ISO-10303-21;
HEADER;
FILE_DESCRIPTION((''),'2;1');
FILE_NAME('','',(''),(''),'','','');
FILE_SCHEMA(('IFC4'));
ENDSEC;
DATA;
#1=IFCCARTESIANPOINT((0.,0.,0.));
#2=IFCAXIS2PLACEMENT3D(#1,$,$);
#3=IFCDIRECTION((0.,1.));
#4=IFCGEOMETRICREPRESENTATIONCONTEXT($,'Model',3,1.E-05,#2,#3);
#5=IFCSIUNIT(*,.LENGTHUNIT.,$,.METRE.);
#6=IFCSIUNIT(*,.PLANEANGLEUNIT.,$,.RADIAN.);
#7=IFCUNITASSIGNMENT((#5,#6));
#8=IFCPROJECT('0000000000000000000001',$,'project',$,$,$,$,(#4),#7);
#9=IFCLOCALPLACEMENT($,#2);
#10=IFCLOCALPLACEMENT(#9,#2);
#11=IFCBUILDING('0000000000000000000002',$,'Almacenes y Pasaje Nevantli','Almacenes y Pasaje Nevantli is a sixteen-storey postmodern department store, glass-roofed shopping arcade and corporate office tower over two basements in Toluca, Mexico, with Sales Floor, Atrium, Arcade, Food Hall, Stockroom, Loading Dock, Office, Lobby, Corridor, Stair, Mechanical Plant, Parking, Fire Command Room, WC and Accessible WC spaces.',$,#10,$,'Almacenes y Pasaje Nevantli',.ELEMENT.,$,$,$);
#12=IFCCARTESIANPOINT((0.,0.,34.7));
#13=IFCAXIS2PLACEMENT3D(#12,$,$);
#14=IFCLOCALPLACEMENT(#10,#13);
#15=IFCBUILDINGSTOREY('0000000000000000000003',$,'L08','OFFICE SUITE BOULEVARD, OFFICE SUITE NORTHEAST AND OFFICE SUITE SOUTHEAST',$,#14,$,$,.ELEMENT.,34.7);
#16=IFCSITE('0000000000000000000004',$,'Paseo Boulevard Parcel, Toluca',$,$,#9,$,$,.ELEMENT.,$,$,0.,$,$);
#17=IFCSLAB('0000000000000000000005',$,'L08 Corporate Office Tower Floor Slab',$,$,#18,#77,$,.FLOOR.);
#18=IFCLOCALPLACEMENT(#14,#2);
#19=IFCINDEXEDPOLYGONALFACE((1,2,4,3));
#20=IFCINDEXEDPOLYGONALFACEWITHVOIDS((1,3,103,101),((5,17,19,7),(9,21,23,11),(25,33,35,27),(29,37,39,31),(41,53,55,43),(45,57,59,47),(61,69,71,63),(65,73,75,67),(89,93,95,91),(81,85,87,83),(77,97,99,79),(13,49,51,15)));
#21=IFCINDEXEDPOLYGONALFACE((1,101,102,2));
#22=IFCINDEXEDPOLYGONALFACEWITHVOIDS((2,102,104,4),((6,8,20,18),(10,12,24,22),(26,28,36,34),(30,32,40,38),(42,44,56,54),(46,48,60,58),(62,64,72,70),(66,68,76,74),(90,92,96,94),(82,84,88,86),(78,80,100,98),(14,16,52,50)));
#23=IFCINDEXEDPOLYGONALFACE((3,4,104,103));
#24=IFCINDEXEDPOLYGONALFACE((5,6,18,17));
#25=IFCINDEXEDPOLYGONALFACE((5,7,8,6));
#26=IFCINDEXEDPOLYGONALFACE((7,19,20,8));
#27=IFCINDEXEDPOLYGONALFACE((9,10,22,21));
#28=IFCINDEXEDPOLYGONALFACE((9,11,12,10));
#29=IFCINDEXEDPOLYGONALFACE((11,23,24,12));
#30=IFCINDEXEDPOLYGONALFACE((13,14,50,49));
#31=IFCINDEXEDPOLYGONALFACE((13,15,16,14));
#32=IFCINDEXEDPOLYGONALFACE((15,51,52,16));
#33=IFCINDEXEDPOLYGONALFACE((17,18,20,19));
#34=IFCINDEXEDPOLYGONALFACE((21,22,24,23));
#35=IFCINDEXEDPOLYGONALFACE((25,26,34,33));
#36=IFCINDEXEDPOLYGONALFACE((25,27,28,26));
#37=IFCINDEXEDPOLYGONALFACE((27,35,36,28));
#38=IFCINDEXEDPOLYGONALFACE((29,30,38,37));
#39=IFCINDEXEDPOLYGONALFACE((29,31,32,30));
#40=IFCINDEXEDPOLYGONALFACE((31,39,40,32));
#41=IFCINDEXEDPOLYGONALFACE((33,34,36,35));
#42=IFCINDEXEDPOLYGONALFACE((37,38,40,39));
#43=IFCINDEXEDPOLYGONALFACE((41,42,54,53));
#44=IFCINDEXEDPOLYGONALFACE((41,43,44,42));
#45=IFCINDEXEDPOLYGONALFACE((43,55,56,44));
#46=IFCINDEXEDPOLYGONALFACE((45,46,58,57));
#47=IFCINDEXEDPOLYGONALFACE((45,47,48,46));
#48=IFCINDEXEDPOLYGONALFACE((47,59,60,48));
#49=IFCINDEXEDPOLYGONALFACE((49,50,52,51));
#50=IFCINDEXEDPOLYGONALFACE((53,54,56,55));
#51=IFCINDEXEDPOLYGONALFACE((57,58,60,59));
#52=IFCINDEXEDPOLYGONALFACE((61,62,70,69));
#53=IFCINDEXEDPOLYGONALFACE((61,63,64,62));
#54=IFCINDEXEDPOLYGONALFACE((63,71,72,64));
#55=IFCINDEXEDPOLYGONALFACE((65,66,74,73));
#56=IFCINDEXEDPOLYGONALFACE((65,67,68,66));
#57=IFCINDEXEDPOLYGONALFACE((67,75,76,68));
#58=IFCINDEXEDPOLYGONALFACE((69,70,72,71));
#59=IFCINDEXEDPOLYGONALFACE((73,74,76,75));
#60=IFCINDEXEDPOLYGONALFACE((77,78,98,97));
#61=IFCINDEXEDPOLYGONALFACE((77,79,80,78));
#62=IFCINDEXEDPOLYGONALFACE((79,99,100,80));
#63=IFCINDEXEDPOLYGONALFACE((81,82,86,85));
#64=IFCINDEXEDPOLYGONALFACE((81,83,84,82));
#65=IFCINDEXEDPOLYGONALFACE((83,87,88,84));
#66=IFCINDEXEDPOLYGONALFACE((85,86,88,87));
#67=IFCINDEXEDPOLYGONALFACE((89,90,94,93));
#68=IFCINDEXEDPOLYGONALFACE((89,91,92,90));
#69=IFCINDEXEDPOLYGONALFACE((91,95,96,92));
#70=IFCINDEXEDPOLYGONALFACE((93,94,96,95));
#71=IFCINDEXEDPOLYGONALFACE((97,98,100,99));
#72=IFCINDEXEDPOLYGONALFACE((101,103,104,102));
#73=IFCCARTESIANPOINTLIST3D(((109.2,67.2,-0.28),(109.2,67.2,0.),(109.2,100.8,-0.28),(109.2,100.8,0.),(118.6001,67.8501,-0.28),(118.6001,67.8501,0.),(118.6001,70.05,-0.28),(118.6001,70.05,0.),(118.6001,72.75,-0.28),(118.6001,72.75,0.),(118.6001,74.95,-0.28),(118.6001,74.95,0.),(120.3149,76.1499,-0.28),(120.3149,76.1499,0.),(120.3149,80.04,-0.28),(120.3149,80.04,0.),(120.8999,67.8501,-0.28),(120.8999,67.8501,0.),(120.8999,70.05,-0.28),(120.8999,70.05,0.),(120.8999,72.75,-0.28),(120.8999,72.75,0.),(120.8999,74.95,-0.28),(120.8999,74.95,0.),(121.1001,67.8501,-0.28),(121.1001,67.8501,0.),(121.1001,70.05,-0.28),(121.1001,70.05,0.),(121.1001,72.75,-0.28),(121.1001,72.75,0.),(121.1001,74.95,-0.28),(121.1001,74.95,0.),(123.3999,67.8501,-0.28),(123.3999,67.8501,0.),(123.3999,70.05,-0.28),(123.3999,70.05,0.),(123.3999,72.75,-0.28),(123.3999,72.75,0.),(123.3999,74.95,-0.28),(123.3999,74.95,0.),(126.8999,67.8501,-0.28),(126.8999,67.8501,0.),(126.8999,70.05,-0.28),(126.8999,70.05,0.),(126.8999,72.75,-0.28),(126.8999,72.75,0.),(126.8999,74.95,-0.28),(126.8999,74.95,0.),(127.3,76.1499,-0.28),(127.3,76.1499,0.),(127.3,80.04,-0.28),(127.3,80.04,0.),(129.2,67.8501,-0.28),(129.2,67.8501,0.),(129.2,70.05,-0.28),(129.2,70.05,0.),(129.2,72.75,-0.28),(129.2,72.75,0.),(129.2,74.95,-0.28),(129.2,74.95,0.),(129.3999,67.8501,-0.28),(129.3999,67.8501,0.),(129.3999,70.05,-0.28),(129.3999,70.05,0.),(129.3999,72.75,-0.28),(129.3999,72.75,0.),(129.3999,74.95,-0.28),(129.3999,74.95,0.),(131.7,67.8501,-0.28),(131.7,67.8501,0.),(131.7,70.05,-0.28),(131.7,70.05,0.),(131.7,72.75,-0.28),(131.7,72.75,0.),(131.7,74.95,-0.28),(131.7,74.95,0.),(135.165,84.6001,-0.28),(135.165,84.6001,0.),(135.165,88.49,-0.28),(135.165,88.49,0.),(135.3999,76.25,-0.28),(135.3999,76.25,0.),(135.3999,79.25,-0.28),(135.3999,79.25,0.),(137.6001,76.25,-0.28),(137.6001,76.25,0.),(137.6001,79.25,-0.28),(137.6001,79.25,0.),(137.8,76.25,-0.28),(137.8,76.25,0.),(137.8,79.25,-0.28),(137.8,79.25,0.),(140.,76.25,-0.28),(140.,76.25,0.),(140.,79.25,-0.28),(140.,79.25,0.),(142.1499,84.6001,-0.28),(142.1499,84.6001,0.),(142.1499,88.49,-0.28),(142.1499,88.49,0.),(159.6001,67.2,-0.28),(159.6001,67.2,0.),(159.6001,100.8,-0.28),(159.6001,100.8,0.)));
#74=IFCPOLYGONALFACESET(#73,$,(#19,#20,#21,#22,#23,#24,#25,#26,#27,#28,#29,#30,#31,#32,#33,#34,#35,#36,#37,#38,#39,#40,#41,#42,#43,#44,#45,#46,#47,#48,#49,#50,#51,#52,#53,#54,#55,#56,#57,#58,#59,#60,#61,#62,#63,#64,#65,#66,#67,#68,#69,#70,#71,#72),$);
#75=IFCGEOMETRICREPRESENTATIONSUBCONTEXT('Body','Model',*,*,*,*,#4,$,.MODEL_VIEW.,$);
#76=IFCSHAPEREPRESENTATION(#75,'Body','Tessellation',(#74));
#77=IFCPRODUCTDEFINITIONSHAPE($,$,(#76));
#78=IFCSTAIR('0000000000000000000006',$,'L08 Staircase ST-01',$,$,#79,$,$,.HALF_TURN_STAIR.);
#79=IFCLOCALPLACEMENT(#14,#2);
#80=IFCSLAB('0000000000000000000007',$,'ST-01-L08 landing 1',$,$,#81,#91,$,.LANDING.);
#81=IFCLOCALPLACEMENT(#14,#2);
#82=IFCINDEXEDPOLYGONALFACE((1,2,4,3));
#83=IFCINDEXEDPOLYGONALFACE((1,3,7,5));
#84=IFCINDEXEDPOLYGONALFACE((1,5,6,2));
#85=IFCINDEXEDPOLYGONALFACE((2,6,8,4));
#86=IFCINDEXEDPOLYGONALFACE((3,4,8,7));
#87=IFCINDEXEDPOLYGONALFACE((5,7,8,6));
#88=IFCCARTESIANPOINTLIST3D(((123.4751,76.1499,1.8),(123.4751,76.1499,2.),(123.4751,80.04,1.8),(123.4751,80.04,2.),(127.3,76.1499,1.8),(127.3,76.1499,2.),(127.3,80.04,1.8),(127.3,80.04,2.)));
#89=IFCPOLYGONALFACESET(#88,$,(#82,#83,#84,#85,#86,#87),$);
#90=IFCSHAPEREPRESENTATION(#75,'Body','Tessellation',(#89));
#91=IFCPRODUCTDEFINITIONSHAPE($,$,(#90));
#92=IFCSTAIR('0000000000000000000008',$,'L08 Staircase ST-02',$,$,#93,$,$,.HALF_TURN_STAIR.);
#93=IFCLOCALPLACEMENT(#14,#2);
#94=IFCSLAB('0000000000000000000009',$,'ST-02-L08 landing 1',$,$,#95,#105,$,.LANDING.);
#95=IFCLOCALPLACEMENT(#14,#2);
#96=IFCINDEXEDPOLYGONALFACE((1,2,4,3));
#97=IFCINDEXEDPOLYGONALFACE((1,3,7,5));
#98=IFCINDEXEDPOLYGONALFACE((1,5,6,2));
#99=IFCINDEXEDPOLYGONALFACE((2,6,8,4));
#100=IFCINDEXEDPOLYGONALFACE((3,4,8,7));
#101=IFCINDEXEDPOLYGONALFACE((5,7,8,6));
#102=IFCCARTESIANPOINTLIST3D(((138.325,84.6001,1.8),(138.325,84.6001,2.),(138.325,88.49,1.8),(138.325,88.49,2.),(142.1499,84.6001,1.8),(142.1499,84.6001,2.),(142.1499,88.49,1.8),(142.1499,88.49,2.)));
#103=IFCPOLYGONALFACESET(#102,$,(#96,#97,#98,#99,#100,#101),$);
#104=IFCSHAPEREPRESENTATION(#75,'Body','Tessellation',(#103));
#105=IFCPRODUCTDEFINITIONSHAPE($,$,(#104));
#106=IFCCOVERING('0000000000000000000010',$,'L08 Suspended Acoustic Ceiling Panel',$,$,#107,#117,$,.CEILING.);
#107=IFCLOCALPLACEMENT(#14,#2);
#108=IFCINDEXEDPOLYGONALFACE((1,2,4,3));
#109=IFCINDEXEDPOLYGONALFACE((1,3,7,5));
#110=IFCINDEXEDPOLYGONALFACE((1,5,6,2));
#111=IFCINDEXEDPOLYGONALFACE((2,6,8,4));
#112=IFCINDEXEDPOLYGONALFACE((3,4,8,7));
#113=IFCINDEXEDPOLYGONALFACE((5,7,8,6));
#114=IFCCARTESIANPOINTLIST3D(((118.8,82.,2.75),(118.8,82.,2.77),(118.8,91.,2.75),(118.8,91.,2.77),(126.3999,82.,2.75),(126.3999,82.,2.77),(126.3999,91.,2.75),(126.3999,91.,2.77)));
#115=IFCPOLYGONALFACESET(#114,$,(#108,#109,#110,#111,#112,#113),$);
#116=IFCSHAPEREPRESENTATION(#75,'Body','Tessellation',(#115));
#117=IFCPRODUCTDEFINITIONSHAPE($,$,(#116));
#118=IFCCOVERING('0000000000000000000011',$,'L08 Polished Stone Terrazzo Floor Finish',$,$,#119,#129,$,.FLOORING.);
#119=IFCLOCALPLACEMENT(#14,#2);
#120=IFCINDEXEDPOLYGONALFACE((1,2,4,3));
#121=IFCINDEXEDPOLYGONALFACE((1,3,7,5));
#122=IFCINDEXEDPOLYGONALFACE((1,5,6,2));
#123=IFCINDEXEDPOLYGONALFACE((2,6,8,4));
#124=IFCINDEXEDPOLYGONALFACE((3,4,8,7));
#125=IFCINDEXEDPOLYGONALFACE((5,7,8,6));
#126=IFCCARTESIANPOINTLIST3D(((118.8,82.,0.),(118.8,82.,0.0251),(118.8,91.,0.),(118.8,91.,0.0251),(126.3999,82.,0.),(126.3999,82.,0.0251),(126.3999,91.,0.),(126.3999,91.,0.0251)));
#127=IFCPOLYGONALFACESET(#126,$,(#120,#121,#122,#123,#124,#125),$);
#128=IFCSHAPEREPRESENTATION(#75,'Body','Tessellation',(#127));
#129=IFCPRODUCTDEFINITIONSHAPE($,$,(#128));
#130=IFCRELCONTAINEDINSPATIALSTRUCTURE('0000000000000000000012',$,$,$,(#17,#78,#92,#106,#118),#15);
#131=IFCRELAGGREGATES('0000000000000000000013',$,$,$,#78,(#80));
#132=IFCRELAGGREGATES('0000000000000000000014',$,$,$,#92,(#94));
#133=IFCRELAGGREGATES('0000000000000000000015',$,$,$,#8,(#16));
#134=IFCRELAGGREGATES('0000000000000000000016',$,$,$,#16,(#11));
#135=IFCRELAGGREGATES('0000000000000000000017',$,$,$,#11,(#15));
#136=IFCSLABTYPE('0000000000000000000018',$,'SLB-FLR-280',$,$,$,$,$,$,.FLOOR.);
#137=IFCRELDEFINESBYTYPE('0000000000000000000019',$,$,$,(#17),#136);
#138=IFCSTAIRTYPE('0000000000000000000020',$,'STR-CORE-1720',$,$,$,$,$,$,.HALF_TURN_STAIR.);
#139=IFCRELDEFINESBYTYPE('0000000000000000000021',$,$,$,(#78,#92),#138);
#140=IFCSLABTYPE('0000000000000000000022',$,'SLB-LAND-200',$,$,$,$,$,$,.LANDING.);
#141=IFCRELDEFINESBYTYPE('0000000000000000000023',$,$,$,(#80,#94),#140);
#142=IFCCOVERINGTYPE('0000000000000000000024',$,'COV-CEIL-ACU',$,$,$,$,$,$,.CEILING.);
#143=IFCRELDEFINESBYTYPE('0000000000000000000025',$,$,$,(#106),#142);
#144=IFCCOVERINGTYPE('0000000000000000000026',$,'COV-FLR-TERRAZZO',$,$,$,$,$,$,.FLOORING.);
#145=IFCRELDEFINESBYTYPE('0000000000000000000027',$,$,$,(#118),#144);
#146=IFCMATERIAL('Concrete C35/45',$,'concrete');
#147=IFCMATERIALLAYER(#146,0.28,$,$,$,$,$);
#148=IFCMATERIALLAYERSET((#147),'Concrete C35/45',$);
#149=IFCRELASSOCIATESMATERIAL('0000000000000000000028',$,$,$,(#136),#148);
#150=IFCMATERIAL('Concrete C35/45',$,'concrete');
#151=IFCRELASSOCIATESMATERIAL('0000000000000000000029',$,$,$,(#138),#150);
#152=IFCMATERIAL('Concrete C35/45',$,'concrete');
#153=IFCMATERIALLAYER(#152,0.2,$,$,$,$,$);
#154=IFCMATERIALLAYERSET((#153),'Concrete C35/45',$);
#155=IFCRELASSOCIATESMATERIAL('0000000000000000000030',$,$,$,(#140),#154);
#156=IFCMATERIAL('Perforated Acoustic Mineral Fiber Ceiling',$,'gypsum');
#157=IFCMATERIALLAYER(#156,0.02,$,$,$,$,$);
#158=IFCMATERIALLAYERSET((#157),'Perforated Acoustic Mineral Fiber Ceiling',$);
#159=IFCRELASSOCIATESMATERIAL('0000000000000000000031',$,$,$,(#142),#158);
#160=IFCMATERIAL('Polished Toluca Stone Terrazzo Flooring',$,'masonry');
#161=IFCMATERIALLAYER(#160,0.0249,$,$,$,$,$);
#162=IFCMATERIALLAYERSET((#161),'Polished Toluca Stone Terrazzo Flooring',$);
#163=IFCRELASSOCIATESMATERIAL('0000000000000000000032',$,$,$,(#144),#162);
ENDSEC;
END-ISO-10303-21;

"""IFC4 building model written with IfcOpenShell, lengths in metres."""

from ifc_helpers import new_model, si_unit, direction, frame, origin, place, context, subcontext, project, spatial, polyline, outline, extrude, material, layer, layer_set, type_object, element, aggregate, save


model = new_model("IFC4")

# Units and contexts
model_context = context("Model", 3, precision=1e-05, world=origin(), true_north=direction((0.0, 1.0)))
body_context = subcontext(model_context, "Body", "Model", "MODEL_VIEW")
ifc_project = project(units=[si_unit("LENGTHUNIT", "METRE"), si_unit("PLANEANGLEUNIT", "RADIAN")], contexts=[model_context])

# Site, building, storey
site_placement = place(None, origin())
site = spatial("IfcSite", under=ifc_project, at=site_placement, Name="Paseo Boulevard Parcel, Toluca", CompositionType="ELEMENT", RefElevation=0.0)
building_placement = place(site_placement, origin())
building = spatial("IfcBuilding", under=site, at=building_placement, Name="Almacenes y Pasaje Nevantli", Description="Almacenes y Pasaje Nevantli is a sixteen-storey postmodern department store, glass-roofed shopping arcade and corporate office tower over two basements in Toluca, Mexico, with Sales Floor, Atrium, Arcade, Food Hall, Stockroom, Loading Dock, Office, Lobby, Corridor, Stair, Mechanical Plant, Parking, Fire Command Room, WC and Accessible WC spaces.", LongName="Almacenes y Pasaje Nevantli", CompositionType="ELEMENT")
storey_placement = place(building_placement, frame((0.0, 0.0, 34.7)))
storey = spatial("IfcBuildingStorey", under=building, at=storey_placement, Name="L08", Description="OFFICE SUITE BOULEVARD, OFFICE SUITE NORTHEAST AND OFFICE SUITE SOUTHEAST", CompositionType="ELEMENT", Elevation=34.7)

# Slab
ifc_material_1 = material(Name="Concrete C35/45", Category="concrete")
ifc_layer_1 = layer(ifc_material_1, 0.28)
ifc_layer_set_1 = layer_set([ifc_layer_1], Name="Concrete C35/45")
slab_type_1 = type_object("IfcSlabType", Name="SLB-FLR-280", PredefinedType="FLOOR", material=ifc_layer_set_1)
slab_1_placement = place(storey_placement, frame((0.0, 0.0, -0.28)))
element("IfcSlab", 1, at=slab_1_placement, inside=storey, type_object=slab_type_1, Name="L08 Corporate Office Tower Floor Slab", PredefinedType="FLOOR", context=body_context, shape_type="SweptSolid", body=[
    extrude(outline(polyline([(109.2, 67.2), (159.6001, 67.2), (159.6001, 100.8), (109.2, 100.8), (109.2, 67.2)]), holes=[polyline([(120.3149, 76.1499), (127.3, 76.1499), (127.3, 80.04), (120.3149, 80.04), (120.3149, 76.1499)]), polyline([(135.165, 84.6001), (142.1499, 84.6001), (142.1499, 88.49), (135.165, 88.49), (135.165, 84.6001)]), polyline([(126.8999, 67.8501), (129.2, 67.8501), (129.2, 70.05), (126.8999, 70.05), (126.8999, 67.8501)]), polyline([(129.3999, 67.8501), (131.7, 67.8501), (131.7, 70.05), (129.3999, 70.05), (129.3999, 67.8501)]), polyline([(126.8999, 72.75), (129.2, 72.75), (129.2, 74.95), (126.8999, 74.95), (126.8999, 72.75)]), polyline([(129.3999, 72.75), (131.7, 72.75), (131.7, 74.95), (129.3999, 74.95), (129.3999, 72.75)]), polyline([(118.6001, 67.8501), (120.8999, 67.8501), (120.8999, 70.05), (118.6001, 70.05), (118.6001, 67.8501)]), polyline([(121.1001, 67.8501), (123.3999, 67.8501), (123.3999, 70.05), (121.1001, 70.05), (121.1001, 67.8501)]), polyline([(118.6001, 72.75), (120.8999, 72.75), (120.8999, 74.95), (118.6001, 74.95), (118.6001, 72.75)]), polyline([(121.1001, 72.75), (123.3999, 72.75), (123.3999, 74.95), (121.1001, 74.95), (121.1001, 72.75)]), polyline([(135.3999, 76.25), (137.6001, 76.25), (137.6001, 79.25), (135.3999, 79.25), (135.3999, 76.25)]), polyline([(137.8, 76.25), (140.0, 76.25), (140.0, 79.25), (137.8, 79.25), (137.8, 76.25)])]), origin(), (0.0, 0.0, 1.0), 0.28),
])

# Stairs, slabs
ifc_material_2 = material(Name="Concrete C35/45", Category="concrete")
stair_type = type_object("IfcStairType", Name="STR-CORE-1720", PredefinedType="HALF_TURN_STAIR", material=ifc_material_2)
stair_1_placement = place(storey_placement, origin())
stair_1 = element("IfcStair", 2, at=stair_1_placement, inside=storey, type_object=stair_type, Name="L08 Staircase ST-01", PredefinedType="HALF_TURN_STAIR")
ifc_material_3 = material(Name="Concrete C35/45", Category="concrete")
ifc_layer_2 = layer(ifc_material_3, 0.2)
ifc_layer_set_2 = layer_set([ifc_layer_2], Name="Concrete C35/45")
slab_type_2 = type_object("IfcSlabType", Name="SLB-LAND-200", PredefinedType="LANDING", material=ifc_layer_set_2)
slab_2_placement = place(storey_placement, frame((0.0, 0.0, 1.8)))
slab_2 = element("IfcSlab", 3, at=slab_2_placement, type_object=slab_type_2, Name="ST-01-L08 landing 1", PredefinedType="LANDING", context=body_context, shape_type="SweptSolid", body=[
    extrude(outline(polyline([(123.4751, 76.1499), (127.3, 76.1499), (127.3, 80.04), (123.4751, 80.04), (123.4751, 76.1499)])), origin(), (0.0, 0.0, 1.0), 0.2),
])
aggregate(stair_1, [slab_2])
stair_2_placement = place(storey_placement, origin())
stair_2 = element("IfcStair", 4, at=stair_2_placement, inside=storey, type_object=stair_type, Name="L08 Staircase ST-02", PredefinedType="HALF_TURN_STAIR")
slab_3_placement = place(storey_placement, frame((0.0, 0.0, 1.8)))
slab_3 = element("IfcSlab", 5, at=slab_3_placement, type_object=slab_type_2, Name="ST-02-L08 landing 1", PredefinedType="LANDING", context=body_context, shape_type="SweptSolid", body=[
    extrude(outline(polyline([(138.325, 84.6001), (142.1499, 84.6001), (142.1499, 88.49), (138.325, 88.49), (138.325, 84.6001)])), origin(), (0.0, 0.0, 1.0), 0.2),
])
aggregate(stair_2, [slab_3])

# Coverings
ifc_material_4 = material(Name="Perforated Acoustic Mineral Fiber Ceiling", Category="gypsum")
ifc_layer_3 = layer(ifc_material_4, 0.02)
ifc_layer_set_3 = layer_set([ifc_layer_3], Name="Perforated Acoustic Mineral Fiber Ceiling")
covering_type_1 = type_object("IfcCoveringType", Name="COV-CEIL-ACU", PredefinedType="CEILING", material=ifc_layer_set_3)
covering_1_placement = place(storey_placement, frame((0.0, 0.0, 2.75)))
element("IfcCovering", 6, at=covering_1_placement, inside=storey, type_object=covering_type_1, Name="L08 Suspended Acoustic Ceiling Panel", PredefinedType="CEILING", context=body_context, shape_type="SweptSolid", body=[
    extrude(outline(polyline([(118.8, 82.0), (126.3999, 82.0), (126.3999, 91.0), (118.8, 91.0), (118.8, 82.0)])), origin(), (0.0, 0.0, 1.0), 0.02),
])
ifc_material_5 = material(Name="Polished Toluca Stone Terrazzo Flooring", Category="masonry")
ifc_layer_4 = layer(ifc_material_5, 0.0249)
ifc_layer_set_4 = layer_set([ifc_layer_4], Name="Polished Toluca Stone Terrazzo Flooring")
covering_type_2 = type_object("IfcCoveringType", Name="COV-FLR-TERRAZZO", PredefinedType="FLOORING", material=ifc_layer_set_4)
covering_2_placement = place(storey_placement, origin())
element("IfcCovering", 7, at=covering_2_placement, inside=storey, type_object=covering_type_2, Name="L08 Polished Stone Terrazzo Floor Finish", PredefinedType="FLOORING", context=body_context, shape_type="SweptSolid", body=[
    extrude(outline(polyline([(118.8, 82.0), (126.3999, 82.0), (126.3999, 91.0), (118.8, 91.0), (118.8, 82.0)])), origin(), (0.0, 0.0, 1.0), 0.0251),
])

save(model, "model.ifc")
